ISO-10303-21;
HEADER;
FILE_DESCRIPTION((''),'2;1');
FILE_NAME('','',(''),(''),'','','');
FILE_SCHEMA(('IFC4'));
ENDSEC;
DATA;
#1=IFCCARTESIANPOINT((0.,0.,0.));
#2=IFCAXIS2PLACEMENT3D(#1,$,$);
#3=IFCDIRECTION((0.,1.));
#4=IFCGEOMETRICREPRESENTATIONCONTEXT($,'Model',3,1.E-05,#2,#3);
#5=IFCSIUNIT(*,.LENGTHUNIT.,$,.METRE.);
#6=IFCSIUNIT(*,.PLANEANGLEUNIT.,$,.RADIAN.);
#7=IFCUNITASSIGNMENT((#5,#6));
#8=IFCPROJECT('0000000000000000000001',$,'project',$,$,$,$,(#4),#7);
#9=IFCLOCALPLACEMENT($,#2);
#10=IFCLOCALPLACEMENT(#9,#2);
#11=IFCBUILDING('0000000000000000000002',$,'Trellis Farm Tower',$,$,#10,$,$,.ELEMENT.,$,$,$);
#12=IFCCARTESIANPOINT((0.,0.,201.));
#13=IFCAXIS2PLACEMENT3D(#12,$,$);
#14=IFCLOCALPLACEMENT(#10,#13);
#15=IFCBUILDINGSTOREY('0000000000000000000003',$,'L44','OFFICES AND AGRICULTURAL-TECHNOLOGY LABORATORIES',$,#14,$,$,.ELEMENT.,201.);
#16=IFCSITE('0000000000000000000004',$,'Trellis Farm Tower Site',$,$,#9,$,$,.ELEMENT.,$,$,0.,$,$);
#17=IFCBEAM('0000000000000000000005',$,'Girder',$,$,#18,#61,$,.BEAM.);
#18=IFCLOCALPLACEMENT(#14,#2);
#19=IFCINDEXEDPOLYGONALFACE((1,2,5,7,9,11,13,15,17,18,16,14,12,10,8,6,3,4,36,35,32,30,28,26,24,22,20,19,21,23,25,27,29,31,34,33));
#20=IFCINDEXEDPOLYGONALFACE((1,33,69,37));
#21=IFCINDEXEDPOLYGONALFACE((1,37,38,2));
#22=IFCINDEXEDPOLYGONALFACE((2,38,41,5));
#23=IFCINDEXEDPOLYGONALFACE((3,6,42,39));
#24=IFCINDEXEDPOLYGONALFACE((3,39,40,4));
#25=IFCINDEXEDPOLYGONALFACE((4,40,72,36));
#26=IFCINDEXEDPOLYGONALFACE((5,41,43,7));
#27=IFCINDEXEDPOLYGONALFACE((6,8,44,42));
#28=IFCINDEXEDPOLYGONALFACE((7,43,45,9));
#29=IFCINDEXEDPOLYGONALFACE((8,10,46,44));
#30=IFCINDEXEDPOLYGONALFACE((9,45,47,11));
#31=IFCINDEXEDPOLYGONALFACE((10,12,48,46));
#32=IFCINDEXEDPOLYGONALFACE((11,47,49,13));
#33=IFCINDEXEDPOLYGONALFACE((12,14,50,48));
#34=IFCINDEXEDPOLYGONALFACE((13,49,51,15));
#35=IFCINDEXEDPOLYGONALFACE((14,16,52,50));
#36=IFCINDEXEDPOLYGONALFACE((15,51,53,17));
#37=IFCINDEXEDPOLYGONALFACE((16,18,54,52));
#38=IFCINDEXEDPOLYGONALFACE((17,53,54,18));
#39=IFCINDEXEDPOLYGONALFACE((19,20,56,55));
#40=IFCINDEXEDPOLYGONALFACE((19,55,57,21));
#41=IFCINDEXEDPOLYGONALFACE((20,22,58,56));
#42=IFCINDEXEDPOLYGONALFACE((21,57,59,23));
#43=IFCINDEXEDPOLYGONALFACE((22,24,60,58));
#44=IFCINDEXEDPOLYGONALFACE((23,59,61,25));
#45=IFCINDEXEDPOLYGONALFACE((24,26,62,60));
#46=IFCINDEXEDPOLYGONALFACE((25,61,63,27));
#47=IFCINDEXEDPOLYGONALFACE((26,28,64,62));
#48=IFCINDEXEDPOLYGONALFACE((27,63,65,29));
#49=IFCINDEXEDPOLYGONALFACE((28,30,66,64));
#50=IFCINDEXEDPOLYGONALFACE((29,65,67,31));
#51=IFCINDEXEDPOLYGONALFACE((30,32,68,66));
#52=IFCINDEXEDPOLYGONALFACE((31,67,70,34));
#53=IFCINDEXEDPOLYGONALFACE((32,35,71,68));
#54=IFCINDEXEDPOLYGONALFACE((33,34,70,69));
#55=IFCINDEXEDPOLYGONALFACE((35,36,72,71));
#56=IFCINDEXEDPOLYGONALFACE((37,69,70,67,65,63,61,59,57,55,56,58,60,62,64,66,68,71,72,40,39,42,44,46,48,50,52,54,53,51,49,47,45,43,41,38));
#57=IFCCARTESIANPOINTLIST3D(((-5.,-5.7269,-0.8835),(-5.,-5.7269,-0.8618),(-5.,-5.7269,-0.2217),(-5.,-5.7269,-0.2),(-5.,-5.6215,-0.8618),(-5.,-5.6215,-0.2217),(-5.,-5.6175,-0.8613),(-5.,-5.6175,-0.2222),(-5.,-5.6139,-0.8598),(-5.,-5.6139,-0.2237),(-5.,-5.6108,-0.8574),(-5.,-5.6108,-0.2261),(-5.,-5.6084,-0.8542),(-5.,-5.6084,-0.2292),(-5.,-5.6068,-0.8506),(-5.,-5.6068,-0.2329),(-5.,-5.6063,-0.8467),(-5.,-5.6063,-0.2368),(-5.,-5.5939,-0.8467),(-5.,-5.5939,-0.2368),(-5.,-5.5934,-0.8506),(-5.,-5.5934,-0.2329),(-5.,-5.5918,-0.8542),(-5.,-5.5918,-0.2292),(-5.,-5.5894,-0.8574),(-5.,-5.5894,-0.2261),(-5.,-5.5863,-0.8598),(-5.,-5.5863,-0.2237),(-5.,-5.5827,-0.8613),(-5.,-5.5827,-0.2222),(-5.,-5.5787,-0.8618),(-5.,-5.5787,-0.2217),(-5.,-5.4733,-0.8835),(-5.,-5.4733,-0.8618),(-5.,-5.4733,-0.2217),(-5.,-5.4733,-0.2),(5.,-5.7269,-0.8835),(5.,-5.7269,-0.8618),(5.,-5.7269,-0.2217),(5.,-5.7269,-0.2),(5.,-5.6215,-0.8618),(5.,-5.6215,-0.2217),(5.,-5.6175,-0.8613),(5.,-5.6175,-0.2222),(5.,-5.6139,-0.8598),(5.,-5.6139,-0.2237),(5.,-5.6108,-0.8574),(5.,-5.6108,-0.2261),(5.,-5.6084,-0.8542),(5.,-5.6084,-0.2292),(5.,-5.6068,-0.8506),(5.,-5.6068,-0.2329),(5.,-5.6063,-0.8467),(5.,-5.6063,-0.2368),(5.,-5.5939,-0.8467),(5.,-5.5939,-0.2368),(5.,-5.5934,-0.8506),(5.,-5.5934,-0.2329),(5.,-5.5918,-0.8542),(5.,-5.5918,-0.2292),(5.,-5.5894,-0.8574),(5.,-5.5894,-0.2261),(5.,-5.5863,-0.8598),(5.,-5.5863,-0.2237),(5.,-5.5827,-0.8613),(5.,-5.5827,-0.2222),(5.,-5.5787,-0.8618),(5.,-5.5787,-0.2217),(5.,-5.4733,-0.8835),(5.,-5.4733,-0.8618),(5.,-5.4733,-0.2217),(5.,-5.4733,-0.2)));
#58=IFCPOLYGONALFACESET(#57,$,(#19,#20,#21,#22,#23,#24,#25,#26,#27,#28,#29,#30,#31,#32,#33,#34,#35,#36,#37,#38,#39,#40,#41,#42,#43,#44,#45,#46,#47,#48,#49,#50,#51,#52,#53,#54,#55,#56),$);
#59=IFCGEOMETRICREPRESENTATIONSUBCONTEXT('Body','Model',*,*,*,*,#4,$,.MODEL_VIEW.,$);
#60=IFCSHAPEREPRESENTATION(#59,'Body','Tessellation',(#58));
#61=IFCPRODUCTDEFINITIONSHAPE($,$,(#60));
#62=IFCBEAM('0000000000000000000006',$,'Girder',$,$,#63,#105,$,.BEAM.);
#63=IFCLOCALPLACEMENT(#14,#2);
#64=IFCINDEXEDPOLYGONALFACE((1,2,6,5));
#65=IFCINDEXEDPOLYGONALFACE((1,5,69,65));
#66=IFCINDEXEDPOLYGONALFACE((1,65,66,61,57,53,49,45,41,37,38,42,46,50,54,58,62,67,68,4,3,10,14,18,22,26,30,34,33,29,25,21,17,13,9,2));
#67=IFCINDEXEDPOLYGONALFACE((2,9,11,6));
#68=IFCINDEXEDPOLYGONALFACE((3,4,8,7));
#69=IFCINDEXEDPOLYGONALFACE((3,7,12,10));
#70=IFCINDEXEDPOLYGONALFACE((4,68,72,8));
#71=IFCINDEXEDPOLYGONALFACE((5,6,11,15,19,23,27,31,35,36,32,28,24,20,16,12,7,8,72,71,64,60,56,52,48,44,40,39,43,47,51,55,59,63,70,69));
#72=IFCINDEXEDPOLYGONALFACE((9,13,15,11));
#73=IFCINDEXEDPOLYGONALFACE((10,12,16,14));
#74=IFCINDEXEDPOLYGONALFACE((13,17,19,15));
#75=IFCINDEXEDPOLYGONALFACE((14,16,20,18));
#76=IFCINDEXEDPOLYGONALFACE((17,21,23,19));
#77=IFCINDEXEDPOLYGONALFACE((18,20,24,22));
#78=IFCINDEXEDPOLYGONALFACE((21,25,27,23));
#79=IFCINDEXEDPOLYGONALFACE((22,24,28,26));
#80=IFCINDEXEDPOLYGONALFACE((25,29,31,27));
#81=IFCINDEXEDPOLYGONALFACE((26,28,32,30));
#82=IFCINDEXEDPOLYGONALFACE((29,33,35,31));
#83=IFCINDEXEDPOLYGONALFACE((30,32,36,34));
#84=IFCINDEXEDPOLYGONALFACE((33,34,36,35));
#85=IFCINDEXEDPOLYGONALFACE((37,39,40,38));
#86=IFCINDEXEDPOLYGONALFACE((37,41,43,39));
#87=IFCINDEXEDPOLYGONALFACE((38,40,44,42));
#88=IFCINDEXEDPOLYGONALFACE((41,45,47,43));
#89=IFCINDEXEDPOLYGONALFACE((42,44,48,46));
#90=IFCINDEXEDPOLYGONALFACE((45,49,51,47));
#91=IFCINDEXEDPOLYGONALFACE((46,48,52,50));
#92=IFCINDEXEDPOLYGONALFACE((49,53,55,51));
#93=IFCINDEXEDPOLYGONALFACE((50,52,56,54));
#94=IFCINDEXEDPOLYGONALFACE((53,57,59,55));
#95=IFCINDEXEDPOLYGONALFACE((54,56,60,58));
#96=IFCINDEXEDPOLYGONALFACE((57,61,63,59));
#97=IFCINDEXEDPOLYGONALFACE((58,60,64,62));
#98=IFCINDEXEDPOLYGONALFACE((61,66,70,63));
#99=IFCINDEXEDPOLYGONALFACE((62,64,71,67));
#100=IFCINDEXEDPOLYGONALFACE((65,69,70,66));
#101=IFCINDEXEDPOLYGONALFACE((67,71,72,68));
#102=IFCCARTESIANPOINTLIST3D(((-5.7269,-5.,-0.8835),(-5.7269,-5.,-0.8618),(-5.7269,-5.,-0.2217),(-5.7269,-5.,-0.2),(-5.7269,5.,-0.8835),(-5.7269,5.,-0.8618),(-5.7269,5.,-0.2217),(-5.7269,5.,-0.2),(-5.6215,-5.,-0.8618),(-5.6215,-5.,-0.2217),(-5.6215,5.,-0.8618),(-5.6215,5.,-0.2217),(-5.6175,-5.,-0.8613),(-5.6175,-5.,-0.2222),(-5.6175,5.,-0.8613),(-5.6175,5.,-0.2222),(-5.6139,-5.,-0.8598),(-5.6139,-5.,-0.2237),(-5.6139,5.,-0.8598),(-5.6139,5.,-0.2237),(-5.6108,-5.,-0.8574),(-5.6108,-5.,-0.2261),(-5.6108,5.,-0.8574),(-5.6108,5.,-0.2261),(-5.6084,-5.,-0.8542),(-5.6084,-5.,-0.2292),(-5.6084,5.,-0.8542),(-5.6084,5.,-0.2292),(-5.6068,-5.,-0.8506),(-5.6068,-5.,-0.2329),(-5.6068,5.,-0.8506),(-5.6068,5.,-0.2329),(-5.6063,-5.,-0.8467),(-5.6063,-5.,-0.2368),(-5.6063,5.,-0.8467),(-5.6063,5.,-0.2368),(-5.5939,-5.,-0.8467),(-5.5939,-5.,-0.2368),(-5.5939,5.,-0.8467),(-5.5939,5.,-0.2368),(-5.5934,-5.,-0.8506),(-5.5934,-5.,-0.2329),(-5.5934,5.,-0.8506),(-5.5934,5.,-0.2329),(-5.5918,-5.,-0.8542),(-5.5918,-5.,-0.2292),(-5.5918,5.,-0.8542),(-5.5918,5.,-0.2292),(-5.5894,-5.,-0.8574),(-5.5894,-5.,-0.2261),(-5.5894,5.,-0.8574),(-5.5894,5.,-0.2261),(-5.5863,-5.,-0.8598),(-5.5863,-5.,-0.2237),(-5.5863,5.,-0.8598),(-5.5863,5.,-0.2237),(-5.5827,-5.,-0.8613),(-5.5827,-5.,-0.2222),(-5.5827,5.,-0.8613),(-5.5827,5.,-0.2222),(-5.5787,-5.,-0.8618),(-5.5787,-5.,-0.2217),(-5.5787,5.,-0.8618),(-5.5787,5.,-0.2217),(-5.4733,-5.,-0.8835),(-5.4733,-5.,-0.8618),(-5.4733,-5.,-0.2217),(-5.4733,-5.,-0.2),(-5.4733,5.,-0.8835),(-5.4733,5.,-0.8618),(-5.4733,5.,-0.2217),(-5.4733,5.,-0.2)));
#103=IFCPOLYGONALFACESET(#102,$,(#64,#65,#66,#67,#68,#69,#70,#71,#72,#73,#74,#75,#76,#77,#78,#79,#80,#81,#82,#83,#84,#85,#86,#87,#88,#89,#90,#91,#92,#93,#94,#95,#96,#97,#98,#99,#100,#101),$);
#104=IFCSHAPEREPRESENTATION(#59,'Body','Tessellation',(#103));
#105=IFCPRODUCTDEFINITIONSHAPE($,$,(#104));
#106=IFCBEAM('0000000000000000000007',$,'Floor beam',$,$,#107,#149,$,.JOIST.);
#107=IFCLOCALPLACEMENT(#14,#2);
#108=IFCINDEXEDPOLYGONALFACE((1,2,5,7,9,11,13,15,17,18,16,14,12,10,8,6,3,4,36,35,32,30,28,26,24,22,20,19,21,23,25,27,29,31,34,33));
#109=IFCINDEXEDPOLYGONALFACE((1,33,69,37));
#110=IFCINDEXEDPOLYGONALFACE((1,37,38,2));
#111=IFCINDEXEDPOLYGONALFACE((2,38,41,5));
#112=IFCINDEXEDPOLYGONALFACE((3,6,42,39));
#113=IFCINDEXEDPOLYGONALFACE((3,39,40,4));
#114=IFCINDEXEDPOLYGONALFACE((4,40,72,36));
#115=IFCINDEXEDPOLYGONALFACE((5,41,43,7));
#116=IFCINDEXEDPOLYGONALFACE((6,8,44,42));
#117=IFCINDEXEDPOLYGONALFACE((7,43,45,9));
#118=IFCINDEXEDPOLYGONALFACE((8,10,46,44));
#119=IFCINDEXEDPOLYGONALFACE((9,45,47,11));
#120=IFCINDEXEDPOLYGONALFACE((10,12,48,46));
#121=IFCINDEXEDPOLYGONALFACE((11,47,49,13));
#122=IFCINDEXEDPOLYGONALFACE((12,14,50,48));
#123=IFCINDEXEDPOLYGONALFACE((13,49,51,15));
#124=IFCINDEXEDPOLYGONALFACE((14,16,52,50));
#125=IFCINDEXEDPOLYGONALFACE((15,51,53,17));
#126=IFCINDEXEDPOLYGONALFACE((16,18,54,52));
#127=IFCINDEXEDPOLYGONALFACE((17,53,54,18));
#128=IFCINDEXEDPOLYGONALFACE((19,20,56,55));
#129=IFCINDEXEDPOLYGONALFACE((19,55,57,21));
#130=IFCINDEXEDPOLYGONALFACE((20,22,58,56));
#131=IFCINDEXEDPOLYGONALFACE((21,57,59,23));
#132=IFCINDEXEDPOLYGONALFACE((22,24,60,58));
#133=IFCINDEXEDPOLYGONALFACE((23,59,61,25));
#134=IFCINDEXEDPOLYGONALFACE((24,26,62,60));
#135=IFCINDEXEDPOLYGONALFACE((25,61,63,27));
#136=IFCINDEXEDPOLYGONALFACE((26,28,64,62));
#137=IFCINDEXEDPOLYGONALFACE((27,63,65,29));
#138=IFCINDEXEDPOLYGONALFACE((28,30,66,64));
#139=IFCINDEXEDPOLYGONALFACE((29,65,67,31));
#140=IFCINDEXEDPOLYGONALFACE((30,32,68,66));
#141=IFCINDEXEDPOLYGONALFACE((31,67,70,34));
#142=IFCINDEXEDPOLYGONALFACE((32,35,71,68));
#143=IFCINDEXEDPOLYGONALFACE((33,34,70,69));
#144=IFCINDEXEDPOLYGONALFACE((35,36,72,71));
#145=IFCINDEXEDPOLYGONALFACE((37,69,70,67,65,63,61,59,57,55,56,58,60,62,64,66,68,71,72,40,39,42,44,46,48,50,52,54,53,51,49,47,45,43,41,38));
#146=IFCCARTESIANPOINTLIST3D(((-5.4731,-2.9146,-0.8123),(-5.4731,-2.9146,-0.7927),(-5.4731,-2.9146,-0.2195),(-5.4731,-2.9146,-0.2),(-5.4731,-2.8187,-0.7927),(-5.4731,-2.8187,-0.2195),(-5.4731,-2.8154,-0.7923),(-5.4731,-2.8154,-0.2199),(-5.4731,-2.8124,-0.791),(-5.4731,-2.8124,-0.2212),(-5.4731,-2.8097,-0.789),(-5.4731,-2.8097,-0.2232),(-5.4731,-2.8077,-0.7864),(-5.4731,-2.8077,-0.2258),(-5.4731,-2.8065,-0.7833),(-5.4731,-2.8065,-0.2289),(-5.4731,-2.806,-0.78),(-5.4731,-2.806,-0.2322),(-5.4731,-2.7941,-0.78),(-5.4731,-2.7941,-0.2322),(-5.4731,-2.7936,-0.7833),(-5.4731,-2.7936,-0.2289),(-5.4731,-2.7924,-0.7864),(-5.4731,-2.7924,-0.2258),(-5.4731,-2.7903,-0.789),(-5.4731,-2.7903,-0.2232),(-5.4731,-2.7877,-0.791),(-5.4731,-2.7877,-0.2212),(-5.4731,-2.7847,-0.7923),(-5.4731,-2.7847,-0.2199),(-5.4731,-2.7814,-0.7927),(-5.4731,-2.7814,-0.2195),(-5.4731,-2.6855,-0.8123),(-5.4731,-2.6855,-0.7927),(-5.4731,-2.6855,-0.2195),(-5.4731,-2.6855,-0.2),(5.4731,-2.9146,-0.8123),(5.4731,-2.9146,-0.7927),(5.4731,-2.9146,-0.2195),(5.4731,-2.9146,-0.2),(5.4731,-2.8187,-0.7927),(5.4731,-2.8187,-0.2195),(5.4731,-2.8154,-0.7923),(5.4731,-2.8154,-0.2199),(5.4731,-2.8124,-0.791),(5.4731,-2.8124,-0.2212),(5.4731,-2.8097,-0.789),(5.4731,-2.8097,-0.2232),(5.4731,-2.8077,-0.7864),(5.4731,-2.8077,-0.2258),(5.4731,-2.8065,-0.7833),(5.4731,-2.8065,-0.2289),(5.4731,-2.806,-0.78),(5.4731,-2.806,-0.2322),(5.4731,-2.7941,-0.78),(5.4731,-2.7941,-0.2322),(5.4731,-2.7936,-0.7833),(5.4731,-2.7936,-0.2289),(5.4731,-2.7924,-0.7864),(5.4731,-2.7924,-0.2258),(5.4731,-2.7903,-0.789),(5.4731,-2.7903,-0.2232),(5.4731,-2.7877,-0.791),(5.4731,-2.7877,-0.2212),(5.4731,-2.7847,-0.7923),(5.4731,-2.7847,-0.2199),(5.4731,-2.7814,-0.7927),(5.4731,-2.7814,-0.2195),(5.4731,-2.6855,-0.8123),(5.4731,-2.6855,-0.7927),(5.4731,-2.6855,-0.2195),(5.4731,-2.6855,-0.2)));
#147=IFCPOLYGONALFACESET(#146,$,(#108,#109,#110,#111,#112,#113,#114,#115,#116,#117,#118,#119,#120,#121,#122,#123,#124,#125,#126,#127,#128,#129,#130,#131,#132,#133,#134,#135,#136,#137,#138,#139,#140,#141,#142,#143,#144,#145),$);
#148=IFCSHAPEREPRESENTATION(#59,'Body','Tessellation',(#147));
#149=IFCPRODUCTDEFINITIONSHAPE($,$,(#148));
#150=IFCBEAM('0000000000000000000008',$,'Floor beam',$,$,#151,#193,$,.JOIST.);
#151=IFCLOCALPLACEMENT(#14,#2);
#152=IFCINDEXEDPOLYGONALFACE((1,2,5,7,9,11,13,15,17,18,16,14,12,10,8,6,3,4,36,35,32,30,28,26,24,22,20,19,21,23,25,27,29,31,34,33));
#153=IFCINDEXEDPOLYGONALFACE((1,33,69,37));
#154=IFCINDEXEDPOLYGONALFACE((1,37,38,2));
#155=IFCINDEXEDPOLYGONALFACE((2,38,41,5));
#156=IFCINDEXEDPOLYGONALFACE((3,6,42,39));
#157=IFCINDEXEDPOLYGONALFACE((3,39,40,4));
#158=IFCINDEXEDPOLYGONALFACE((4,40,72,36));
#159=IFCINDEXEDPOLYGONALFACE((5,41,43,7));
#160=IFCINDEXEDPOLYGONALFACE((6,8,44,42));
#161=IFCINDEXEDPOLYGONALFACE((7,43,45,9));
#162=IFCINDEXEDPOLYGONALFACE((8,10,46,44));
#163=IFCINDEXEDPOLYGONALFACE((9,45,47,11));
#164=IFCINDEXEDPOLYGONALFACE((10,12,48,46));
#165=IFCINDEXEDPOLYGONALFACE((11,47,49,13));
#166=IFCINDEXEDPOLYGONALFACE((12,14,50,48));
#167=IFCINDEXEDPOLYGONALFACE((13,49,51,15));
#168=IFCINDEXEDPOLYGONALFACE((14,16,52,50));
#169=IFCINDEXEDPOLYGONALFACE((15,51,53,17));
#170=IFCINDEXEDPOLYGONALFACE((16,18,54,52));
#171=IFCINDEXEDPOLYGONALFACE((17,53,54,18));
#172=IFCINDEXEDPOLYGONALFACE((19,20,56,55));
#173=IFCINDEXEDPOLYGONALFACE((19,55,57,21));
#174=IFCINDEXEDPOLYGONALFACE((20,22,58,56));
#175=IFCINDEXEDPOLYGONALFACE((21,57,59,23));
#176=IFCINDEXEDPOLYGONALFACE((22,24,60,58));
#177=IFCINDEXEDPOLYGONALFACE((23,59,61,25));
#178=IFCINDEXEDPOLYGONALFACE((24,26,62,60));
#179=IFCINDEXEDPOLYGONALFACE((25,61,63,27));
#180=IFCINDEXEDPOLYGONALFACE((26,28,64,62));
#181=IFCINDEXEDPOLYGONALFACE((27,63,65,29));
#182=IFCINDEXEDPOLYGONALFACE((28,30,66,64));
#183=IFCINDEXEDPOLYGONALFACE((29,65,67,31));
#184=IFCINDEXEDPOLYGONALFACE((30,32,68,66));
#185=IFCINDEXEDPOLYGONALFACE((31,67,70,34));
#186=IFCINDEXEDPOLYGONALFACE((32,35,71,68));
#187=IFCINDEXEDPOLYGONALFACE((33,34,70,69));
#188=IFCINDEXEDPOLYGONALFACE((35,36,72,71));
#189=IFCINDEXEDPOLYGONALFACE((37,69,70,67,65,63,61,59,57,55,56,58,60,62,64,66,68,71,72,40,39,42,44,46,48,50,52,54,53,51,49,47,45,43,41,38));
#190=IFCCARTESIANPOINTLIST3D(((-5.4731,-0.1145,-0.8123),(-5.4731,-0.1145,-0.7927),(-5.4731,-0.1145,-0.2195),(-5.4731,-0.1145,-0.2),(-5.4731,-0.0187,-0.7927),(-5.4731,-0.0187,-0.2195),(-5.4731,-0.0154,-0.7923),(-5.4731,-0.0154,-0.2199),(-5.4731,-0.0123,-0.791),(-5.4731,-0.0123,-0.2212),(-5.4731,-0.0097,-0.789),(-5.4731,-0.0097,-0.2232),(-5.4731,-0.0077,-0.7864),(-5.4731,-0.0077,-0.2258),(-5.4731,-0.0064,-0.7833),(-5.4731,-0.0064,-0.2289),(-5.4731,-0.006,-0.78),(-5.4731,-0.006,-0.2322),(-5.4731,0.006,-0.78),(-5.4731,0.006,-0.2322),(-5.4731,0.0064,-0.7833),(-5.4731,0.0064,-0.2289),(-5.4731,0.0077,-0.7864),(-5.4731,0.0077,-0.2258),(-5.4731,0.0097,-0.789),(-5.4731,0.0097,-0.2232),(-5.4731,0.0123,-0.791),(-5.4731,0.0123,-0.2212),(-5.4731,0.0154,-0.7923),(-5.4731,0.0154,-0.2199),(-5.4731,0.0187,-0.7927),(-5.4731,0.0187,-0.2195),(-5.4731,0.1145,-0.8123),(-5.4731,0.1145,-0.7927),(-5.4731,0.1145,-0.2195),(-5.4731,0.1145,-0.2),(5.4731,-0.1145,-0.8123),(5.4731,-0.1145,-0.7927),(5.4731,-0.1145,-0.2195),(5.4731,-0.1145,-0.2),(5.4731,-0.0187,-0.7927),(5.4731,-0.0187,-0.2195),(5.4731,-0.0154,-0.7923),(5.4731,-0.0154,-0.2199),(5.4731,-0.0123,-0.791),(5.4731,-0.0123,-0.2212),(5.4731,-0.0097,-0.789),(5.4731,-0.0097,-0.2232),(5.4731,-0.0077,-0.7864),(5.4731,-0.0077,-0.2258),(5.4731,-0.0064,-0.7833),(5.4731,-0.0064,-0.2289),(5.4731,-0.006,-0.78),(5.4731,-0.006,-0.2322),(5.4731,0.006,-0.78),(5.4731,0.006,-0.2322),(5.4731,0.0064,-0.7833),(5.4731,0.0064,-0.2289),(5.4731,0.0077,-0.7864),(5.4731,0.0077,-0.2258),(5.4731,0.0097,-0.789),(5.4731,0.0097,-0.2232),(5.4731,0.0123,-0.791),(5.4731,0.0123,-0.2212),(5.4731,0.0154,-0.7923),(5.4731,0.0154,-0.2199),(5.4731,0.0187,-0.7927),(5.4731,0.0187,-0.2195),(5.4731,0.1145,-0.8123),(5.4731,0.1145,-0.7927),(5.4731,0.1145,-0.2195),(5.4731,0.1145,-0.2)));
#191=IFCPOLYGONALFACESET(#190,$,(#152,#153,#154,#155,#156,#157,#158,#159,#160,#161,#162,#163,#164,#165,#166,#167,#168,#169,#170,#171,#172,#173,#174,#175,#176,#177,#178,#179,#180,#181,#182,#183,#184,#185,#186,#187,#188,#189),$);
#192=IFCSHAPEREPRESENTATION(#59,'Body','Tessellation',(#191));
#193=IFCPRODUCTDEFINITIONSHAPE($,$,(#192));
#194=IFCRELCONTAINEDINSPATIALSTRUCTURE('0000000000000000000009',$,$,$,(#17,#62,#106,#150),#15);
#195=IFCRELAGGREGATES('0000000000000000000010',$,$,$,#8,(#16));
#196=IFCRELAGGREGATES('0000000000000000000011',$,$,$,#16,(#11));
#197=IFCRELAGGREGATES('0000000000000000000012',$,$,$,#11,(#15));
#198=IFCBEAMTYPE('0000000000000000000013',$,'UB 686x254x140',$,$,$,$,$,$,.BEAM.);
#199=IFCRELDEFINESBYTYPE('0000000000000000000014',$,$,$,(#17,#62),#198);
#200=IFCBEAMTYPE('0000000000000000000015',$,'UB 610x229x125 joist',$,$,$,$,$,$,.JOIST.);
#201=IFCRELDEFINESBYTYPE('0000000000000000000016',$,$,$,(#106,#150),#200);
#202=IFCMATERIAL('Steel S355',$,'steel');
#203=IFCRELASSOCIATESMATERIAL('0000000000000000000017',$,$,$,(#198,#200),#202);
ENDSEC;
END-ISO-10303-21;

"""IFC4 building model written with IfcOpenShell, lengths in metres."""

from ifc_helpers import new_model, si_unit, direction, frame, origin, origin_2d, place, context, subcontext, project, spatial, i_section, extrude, source, transform, mapped, material, material_profile, profile_set, type_object, element, save


model = new_model("IFC4")

# Units and contexts
model_context = context("Model", 3, precision=1e-05, world=origin(), true_north=direction((0.0, 1.0)))
body_context = subcontext(model_context, "Body", "Model", "MODEL_VIEW")
ifc_project = project(units=[si_unit("LENGTHUNIT", "METRE"), si_unit("PLANEANGLEUNIT", "RADIAN")], contexts=[model_context])

# Site, building, storey
site_placement = place(None, origin())
site = spatial("IfcSite", under=ifc_project, at=site_placement, Name="Trellis Farm Tower Site", CompositionType="ELEMENT", RefElevation=0.0)
building_placement = place(site_placement, origin())
building = spatial("IfcBuilding", under=site, at=building_placement, Name="Trellis Farm Tower", CompositionType="ELEMENT")
storey_placement = place(building_placement, frame((0.0, 0.0, 201.0)))
storey = spatial("IfcBuildingStorey", under=building, at=storey_placement, Name="L44", Description="OFFICES AND AGRICULTURAL-TECHNOLOGY LABORATORIES", CompositionType="ELEMENT", Elevation=201.0)

# Beams
ifc_material_1 = material(Name="Steel S355", Category="steel")
ifc_material_profile_1 = material_profile(ifc_material_1, i_section(OverallWidth=0.2537, OverallDepth=0.6836, WebThickness=0.0125, FlangeThickness=0.0217, FilletRadius=0.0151, at=origin_2d()), Name="UB 686x254x140")
ifc_profile_set_1 = profile_set([ifc_material_profile_1], Name="Steel S355")
beam_type_1 = type_object("IfcBeamType", Name="UB 686x254x140", PredefinedType="BEAM", material=ifc_profile_set_1)
shared_shape_1 = source(origin(), body_context, "Body", "SweptSolid", [
    extrude(i_section(OverallWidth=0.2537, OverallDepth=0.6836, WebThickness=0.0125, FlangeThickness=0.0217, FilletRadius=0.0151, at=origin_2d()), origin(), (0.0, 0.0, 1.0), 10.0),
])
for number, where, z_axis, x_axis, name in (
    (1, (-5.0, -5.6001, -0.5417), (1.0, 0.0, 0.0), (0.0, 1.0, 0.0), "Girder"),
    (2, (-5.6001, -5.0, -0.5417), (0.0, 1.0, 0.0), (-1.0, 0.0, 0.0), "Girder"),
):
    element("IfcBeam", number, at=place(storey_placement, frame(where, z_axis=z_axis, x_axis=x_axis)), inside=storey, type_object=beam_type_1, Name=name, PredefinedType="BEAM", context=body_context, shape_type="MappedRepresentation", body=[
        mapped(shared_shape_1, transform((0.0, 0.0, 0.0))),
    ])
ifc_material_profile_2 = material_profile(ifc_material_1, i_section(OverallWidth=0.229, OverallDepth=0.6123, WebThickness=0.012, FlangeThickness=0.0195, FilletRadius=0.0127, at=origin_2d()), Name="UB 610x229x125")
ifc_profile_set_2 = profile_set([ifc_material_profile_2], Name="Steel S355")
beam_type_2 = type_object("IfcBeamType", Name="UB 610x229x125 joist", PredefinedType="JOIST", material=ifc_profile_set_2)
shared_shape_2 = source(origin(), body_context, "Body", "SweptSolid", [
    extrude(i_section(OverallWidth=0.229, OverallDepth=0.6123, WebThickness=0.012, FlangeThickness=0.0195, FilletRadius=0.0127, at=origin_2d()), origin(), (0.0, 0.0, 1.0), 10.9463),
])
for number, where, z_axis, x_axis, name in (
    (3, (-5.4731, -2.8, -0.5061), (1.0, 0.0, 0.0), (0.0, 1.0, 0.0), "Floor beam"),
    (4, (-5.4731, 0.0, -0.5061), (1.0, 0.0, 0.0), (0.0, 1.0, 0.0), "Floor beam"),
):
    element("IfcBeam", number, at=place(storey_placement, frame(where, z_axis=z_axis, x_axis=x_axis)), inside=storey, type_object=beam_type_2, Name=name, PredefinedType="JOIST", context=body_context, shape_type="MappedRepresentation", body=[
        mapped(shared_shape_2, transform((0.0, 0.0, 0.0))),
    ])

save(model, "model.ifc")
